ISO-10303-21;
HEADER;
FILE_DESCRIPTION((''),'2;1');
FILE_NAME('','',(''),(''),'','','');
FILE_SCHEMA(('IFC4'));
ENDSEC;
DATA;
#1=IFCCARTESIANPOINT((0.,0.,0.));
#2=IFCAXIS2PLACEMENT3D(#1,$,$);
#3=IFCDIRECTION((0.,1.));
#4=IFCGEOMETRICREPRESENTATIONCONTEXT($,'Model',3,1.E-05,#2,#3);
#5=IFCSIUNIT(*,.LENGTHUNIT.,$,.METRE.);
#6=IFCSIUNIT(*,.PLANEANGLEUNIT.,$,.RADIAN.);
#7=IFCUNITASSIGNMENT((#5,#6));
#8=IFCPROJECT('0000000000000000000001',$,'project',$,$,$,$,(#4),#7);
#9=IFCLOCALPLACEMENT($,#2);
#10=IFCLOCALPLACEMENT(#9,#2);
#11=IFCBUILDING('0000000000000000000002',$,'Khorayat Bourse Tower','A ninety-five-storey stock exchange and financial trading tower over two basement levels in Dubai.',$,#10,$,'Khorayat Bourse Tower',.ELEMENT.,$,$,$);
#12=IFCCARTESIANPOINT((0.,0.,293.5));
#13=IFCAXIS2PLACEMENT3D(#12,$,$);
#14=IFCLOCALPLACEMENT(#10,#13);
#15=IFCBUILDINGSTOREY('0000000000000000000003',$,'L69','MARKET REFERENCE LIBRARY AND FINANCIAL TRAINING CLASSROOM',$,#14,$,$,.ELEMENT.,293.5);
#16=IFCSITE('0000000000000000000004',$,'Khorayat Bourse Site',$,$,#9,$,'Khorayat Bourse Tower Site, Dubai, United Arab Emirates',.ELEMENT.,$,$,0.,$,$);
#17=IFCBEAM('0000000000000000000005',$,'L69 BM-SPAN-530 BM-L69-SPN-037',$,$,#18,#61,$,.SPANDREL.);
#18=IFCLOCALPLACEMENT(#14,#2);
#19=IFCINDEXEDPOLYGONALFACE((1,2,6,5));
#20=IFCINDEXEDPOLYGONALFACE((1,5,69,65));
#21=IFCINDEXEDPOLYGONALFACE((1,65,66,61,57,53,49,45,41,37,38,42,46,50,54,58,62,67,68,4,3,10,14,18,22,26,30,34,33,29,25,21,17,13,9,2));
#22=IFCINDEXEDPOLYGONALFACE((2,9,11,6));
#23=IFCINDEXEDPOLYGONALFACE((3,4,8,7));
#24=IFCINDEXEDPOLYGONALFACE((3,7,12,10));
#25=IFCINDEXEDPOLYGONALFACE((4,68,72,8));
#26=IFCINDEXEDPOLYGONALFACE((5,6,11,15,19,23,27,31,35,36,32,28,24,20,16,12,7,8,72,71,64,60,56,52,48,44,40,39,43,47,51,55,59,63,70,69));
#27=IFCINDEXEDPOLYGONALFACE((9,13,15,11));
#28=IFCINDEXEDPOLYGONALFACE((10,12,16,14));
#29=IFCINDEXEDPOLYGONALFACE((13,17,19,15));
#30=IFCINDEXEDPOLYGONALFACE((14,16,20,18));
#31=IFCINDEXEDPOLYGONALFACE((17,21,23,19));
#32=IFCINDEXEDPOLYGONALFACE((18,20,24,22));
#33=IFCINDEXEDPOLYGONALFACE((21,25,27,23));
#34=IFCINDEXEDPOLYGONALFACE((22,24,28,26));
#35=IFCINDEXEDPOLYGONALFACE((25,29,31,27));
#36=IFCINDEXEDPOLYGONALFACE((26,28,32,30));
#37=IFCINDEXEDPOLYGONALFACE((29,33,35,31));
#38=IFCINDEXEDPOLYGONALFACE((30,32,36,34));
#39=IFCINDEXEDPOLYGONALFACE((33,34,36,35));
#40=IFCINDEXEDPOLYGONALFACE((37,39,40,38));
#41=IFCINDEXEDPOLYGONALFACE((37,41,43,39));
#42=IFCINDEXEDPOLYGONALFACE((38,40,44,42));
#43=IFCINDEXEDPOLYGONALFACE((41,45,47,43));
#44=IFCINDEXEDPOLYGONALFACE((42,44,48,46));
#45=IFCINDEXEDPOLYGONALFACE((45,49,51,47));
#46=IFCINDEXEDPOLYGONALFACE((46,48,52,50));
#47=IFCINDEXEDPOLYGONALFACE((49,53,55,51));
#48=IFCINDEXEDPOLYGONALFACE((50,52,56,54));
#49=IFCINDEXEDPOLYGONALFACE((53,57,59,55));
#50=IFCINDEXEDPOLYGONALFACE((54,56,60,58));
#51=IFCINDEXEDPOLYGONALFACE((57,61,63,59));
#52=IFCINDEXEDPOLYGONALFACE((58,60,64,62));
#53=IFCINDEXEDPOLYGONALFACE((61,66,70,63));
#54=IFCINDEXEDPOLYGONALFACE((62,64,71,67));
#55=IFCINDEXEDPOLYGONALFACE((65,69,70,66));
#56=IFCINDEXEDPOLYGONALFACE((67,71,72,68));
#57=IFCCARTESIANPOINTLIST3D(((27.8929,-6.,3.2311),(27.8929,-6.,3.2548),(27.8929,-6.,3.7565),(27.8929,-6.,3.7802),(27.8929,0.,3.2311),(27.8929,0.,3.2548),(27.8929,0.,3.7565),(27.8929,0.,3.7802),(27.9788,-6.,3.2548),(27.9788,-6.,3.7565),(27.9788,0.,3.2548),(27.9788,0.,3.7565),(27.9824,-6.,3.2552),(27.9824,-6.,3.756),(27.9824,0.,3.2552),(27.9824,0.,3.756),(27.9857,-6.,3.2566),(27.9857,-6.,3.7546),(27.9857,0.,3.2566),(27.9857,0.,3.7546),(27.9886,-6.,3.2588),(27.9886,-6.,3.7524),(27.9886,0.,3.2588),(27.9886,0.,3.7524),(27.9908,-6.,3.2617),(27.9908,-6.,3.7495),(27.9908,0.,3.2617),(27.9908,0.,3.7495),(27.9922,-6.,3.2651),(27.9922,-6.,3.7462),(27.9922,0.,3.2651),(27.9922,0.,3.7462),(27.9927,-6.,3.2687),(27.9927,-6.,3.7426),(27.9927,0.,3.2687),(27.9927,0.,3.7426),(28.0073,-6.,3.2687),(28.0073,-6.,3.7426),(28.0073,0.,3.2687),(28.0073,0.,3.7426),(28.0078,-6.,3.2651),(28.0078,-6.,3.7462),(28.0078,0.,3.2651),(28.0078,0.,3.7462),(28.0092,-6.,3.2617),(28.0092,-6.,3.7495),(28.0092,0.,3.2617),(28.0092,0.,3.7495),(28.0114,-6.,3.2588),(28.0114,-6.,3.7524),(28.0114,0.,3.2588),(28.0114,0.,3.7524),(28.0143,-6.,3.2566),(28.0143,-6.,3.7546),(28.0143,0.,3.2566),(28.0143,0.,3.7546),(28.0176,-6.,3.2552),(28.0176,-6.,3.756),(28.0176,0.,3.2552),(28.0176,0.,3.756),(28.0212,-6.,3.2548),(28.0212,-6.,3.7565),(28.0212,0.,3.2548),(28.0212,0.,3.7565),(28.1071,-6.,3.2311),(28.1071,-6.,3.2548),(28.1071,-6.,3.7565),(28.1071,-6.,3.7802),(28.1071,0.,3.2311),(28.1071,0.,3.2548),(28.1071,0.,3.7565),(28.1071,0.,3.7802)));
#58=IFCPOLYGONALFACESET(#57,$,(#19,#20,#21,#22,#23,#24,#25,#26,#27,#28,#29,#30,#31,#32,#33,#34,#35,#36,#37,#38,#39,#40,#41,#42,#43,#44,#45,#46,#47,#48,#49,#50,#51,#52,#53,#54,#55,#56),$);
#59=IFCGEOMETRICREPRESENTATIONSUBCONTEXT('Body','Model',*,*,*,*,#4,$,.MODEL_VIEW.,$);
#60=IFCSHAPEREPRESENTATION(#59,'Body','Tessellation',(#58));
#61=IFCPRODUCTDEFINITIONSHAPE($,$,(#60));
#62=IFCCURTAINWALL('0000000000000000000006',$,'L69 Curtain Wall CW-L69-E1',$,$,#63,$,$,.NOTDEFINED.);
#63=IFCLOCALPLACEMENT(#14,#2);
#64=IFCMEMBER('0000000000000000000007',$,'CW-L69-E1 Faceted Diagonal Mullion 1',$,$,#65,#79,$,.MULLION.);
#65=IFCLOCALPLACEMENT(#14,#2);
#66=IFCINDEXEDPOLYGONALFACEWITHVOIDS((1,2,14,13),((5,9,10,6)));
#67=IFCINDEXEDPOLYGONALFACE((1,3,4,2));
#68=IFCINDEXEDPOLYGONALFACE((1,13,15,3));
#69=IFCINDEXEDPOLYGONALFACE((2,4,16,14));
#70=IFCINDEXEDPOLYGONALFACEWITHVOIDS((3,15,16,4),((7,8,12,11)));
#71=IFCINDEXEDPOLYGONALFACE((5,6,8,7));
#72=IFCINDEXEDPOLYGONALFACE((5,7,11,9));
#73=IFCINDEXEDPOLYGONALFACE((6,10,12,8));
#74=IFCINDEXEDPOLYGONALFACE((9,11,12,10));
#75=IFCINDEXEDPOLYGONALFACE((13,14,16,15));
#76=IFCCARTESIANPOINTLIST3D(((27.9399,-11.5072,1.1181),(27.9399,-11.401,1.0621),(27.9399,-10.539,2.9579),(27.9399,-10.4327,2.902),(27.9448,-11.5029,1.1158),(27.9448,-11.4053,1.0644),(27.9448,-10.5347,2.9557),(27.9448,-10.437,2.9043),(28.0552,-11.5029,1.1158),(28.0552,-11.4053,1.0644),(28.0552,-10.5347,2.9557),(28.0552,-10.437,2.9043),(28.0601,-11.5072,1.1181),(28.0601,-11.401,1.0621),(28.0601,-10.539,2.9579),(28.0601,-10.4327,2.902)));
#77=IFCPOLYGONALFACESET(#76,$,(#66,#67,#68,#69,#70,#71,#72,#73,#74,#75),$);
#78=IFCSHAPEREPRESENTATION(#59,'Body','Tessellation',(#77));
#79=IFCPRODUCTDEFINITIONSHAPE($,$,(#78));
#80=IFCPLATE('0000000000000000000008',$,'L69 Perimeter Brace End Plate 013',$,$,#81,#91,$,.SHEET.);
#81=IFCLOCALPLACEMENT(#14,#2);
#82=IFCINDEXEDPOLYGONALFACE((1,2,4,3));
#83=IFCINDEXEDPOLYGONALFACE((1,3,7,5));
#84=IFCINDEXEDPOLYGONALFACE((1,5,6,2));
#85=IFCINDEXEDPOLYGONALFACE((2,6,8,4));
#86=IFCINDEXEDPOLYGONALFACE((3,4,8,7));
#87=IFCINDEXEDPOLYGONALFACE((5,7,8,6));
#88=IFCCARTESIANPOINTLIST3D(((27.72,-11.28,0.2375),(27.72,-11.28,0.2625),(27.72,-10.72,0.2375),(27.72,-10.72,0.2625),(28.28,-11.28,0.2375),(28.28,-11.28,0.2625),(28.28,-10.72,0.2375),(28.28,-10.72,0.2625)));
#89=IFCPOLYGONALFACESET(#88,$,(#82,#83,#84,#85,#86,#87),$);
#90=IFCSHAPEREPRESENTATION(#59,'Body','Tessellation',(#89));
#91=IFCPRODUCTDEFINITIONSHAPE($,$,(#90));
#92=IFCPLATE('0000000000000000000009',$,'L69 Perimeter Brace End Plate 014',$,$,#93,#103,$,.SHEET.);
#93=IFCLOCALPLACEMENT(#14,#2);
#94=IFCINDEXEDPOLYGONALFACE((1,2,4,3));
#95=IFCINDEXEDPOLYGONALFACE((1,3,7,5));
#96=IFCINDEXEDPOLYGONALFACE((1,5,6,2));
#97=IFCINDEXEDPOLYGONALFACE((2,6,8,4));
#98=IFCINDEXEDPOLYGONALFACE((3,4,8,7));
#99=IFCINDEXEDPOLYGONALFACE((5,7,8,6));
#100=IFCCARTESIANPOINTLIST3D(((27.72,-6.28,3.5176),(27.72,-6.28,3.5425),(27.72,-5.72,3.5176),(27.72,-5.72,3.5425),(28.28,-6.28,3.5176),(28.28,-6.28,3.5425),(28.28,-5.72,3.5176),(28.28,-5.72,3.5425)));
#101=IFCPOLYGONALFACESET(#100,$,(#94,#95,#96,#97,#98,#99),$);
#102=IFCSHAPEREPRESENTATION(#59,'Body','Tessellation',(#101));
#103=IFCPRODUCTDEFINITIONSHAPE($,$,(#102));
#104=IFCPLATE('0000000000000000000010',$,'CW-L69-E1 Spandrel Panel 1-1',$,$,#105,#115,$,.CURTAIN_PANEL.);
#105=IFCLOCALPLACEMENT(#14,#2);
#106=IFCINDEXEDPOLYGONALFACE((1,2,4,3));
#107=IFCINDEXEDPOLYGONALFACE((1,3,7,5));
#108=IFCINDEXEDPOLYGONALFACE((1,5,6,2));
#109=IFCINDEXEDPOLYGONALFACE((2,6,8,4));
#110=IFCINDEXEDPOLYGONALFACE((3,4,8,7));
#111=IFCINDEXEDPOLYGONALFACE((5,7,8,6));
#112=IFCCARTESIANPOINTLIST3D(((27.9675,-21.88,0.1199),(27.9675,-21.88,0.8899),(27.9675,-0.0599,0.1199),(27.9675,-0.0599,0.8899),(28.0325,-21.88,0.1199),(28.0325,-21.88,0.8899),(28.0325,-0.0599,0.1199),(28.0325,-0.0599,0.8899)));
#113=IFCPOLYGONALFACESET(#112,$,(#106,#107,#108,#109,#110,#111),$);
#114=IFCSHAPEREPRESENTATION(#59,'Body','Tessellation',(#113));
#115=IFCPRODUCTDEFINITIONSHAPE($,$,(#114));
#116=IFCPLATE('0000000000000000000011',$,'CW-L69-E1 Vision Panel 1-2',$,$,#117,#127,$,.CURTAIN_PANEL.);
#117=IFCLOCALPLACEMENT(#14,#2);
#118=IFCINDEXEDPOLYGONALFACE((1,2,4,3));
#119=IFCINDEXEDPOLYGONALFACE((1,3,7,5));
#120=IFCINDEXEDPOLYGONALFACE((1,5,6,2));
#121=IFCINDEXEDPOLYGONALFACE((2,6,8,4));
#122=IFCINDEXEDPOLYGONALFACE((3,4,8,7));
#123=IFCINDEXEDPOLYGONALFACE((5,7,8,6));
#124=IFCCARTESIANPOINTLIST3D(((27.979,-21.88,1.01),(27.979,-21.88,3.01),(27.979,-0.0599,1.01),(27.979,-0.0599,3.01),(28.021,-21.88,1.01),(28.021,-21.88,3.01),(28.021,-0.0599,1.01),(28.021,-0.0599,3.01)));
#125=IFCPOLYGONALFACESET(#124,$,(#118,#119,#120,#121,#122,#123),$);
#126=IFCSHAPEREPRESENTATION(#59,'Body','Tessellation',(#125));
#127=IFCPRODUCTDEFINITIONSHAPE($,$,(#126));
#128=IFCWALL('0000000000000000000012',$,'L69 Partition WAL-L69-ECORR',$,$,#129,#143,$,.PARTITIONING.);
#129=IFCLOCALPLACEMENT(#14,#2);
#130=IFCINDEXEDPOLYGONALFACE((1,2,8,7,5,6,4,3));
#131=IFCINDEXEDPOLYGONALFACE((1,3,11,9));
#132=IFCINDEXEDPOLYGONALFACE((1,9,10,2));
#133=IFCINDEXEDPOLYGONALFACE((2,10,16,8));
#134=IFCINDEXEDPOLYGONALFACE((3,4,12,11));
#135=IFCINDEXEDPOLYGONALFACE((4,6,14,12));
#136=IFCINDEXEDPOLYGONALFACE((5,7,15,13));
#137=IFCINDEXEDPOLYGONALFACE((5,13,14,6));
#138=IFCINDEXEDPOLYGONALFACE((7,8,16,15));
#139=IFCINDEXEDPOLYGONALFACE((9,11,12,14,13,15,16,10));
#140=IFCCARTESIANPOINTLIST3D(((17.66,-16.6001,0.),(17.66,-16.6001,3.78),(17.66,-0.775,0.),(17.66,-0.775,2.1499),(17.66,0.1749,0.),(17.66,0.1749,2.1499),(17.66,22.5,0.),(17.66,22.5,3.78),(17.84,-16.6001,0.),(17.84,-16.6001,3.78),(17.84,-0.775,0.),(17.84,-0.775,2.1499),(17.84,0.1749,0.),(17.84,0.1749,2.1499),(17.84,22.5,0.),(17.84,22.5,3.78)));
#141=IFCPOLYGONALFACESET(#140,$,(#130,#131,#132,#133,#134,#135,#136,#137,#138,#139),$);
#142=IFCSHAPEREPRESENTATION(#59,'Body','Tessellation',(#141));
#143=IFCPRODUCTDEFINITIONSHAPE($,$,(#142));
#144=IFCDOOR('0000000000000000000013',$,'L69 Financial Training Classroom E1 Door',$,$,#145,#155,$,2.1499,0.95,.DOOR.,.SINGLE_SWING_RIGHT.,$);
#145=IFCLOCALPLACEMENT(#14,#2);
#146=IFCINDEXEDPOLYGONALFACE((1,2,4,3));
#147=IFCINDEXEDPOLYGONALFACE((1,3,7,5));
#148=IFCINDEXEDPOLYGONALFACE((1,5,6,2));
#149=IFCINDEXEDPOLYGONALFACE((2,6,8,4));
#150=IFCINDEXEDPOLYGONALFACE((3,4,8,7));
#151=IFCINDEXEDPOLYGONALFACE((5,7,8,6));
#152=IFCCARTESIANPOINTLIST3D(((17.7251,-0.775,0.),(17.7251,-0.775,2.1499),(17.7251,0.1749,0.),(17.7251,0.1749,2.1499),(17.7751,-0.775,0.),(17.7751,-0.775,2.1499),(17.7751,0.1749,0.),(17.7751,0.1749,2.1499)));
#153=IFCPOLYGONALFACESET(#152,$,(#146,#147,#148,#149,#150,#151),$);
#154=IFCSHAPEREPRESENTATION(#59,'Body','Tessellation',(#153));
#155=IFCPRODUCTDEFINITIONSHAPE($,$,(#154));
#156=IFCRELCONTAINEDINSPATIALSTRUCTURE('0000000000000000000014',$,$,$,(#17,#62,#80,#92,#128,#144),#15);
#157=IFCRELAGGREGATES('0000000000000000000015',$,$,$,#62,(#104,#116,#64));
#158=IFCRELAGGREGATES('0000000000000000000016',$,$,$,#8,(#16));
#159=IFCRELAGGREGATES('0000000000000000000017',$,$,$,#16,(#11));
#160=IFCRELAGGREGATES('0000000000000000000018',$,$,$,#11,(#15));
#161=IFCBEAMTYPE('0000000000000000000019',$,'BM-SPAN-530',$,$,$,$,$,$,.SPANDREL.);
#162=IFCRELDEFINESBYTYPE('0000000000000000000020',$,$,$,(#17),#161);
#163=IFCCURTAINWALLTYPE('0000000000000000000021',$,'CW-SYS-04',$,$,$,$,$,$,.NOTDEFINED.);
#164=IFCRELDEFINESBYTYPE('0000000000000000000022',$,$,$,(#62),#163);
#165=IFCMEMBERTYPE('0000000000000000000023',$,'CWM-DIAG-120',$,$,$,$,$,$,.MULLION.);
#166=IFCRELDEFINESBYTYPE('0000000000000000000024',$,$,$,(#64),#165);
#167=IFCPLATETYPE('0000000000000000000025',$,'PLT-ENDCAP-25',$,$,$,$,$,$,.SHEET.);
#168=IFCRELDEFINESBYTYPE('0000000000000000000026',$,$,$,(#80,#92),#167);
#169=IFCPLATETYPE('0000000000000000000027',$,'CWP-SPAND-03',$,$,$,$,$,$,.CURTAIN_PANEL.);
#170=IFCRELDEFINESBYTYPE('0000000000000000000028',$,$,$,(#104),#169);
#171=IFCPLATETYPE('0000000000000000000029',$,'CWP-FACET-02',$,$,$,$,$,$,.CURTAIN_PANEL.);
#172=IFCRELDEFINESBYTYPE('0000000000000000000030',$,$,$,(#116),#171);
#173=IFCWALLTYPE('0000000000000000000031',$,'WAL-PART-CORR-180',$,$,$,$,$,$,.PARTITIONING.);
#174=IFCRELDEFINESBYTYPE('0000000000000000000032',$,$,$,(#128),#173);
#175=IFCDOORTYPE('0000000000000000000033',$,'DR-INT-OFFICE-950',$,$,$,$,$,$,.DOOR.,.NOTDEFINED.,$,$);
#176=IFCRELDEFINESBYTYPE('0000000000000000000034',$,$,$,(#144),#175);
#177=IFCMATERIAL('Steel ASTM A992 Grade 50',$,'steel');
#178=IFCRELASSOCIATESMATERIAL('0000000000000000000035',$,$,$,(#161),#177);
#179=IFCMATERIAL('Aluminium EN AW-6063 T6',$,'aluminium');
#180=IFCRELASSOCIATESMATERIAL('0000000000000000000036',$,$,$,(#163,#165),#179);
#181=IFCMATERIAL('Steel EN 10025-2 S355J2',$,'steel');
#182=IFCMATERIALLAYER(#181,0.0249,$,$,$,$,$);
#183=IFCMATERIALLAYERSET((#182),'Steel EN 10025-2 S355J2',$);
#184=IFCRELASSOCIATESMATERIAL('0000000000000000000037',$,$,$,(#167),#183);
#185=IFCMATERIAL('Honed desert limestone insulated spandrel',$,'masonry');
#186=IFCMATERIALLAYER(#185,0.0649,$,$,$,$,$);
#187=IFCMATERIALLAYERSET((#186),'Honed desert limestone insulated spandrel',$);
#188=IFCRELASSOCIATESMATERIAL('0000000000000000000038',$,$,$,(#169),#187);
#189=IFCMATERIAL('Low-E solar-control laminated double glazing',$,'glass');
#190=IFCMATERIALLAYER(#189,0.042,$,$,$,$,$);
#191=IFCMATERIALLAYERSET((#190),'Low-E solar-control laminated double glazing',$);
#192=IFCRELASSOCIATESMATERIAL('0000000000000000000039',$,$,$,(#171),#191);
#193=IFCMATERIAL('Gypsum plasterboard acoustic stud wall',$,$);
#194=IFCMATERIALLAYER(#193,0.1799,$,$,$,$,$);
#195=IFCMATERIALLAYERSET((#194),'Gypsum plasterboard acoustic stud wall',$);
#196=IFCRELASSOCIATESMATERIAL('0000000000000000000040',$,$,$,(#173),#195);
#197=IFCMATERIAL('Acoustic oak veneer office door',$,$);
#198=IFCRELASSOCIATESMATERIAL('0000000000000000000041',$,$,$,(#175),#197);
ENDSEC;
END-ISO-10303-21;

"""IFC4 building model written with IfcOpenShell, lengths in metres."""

from ifc_helpers import new_model, si_unit, direction, frame, frame_2d, origin, origin_2d, place, context, subcontext, project, spatial, rectangle, hollow_rectangle, i_section, extrude, source, transform, mapped, material, layer, layer_set, material_profile, profile_set, type_object, element, fill, aggregate, save


model = new_model("IFC4")

# Units and contexts
model_context = context("Model", 3, precision=1e-05, world=origin(), true_north=direction((0.0, 1.0)))
body_context = subcontext(model_context, "Body", "Model", "MODEL_VIEW")
ifc_project = project(units=[si_unit("LENGTHUNIT", "METRE"), si_unit("PLANEANGLEUNIT", "RADIAN")], contexts=[model_context])

# Site, building, storey
site_placement = place(None, origin())
site = spatial("IfcSite", under=ifc_project, at=site_placement, Name="Khorayat Bourse Site", LongName="Khorayat Bourse Tower Site, Dubai, United Arab Emirates", CompositionType="ELEMENT", RefElevation=0.0)
building_placement = place(site_placement, origin())
building = spatial("IfcBuilding", under=site, at=building_placement, Name="Khorayat Bourse Tower", Description="A ninety-five-storey stock exchange and financial trading tower over two basement levels in Dubai.", LongName="Khorayat Bourse Tower", CompositionType="ELEMENT")
storey_placement = place(building_placement, frame((0.0, 0.0, 293.5)))
storey = spatial("IfcBuildingStorey", under=building, at=storey_placement, Name="L69", Description="MARKET REFERENCE LIBRARY AND FINANCIAL TRAINING CLASSROOM", CompositionType="ELEMENT", Elevation=293.5)

# Beam
ifc_material_1 = material(Name="Steel ASTM A992 Grade 50", Category="steel")
ifc_material_profile_1 = material_profile(ifc_material_1, i_section(OverallWidth=0.2141, OverallDepth=0.5491, WebThickness=0.0146, FlangeThickness=0.0237, FilletRadius=0.0139, at=origin_2d()), Name="W530X138")
ifc_profile_set_1 = profile_set([ifc_material_profile_1], Name="Steel ASTM A992 Grade 50")
beam_type_1 = type_object("IfcBeamType", Name="BM-SPAN-530", PredefinedType="SPANDREL", material=ifc_profile_set_1)
shared_shape_1 = source(origin(), body_context, "Body", "SweptSolid", [
    extrude(i_section(OverallWidth=0.2141, OverallDepth=0.5491, WebThickness=0.0146, FlangeThickness=0.0237, FilletRadius=0.0139, at=origin_2d()), origin(), (0.0, 0.0, 1.0), 6.0),
])
beam_1_placement = place(storey_placement, frame((28.0, -6.0, 3.5056), z_axis=(0.0, 1.0, 0.0), x_axis=(-1.0, 0.0, 0.0)))
element("IfcBeam", 1, at=beam_1_placement, inside=storey, type_object=beam_type_1, Name="L69 BM-SPAN-530 BM-L69-SPN-037", PredefinedType="SPANDREL", context=body_context, shape_type="MappedRepresentation", body=[
    mapped(shared_shape_1, transform((0.0, 0.0, 0.0), scale=1.0)),
])

# Curtain wall, member
ifc_material_2 = material(Name="Aluminium EN AW-6063 T6", Category="aluminium")
curtain_wall_type = type_object("IfcCurtainWallType", Name="CW-SYS-04", PredefinedType="NOTDEFINED", material=ifc_material_2)
curtain_wall_placement = place(storey_placement, origin())
curtain_wall = element("IfcCurtainWall", 2, at=curtain_wall_placement, inside=storey, type_object=curtain_wall_type, Name="L69 Curtain Wall CW-L69-E1", PredefinedType="NOTDEFINED")
ifc_material_profile_2 = material_profile(ifc_material_2, hollow_rectangle(XDim=0.1201, YDim=0.1201, WallThickness=0.0049, at=origin_2d()), Name="ALU 120x120x5")
ifc_profile_set_2 = profile_set([ifc_material_profile_2], Name="Aluminium EN AW-6063 T6")
member_type_1 = type_object("IfcMemberType", Name="CWM-DIAG-120", PredefinedType="MULLION", material=ifc_profile_set_2)
shared_shape_2 = source(origin(), body_context, "Body", "SweptSolid", [
    extrude(hollow_rectangle(XDim=0.1201, YDim=0.1201, WallThickness=0.0049, at=origin_2d()), origin(), (0.0, 0.0, 1.0), 2.0791),
])
member_1_placement = place(storey_placement, frame((28.0, -11.4541, 1.0901), z_axis=(0.0, 0.465717, 0.884934), x_axis=(-1.0, 0.0, 0.0)))
member_1 = element("IfcMember", 3, at=member_1_placement, type_object=member_type_1, Name="CW-L69-E1 Faceted Diagonal Mullion 1", PredefinedType="MULLION", context=body_context, shape_type="MappedRepresentation", body=[
    mapped(shared_shape_2, transform((0.0, 0.0, 0.0), scale=1.0)),
])

# Plates
ifc_material_3 = material(Name="Steel EN 10025-2 S355J2", Category="steel")
ifc_layer_1 = layer(ifc_material_3, 0.0249)
ifc_layer_set_1 = layer_set([ifc_layer_1], Name="Steel EN 10025-2 S355J2")
plate_type_1 = type_object("IfcPlateType", Name="PLT-ENDCAP-25", PredefinedType="SHEET", material=ifc_layer_set_1)
shared_shape_3 = source(origin(), body_context, "Body", "SweptSolid", [
    extrude(rectangle(XDim=0.5601, YDim=0.5601, at=origin_2d()), origin(), (0.0, 0.0, 1.0), 0.0249),
])
for number, where, z_axis, x_axis, name in (
    (4, (28.0, -11.0, 0.2375), (0.0, 0.0, 1.0), (1.0, 0.0, 0.0), "L69 Perimeter Brace End Plate 013"),
    (5, (28.0, -6.0, 3.5176), (0.0, 0.0, 1.0), (1.0, 0.0, 0.0), "L69 Perimeter Brace End Plate 014"),
):
    element("IfcPlate", number, at=place(storey_placement, frame(where, z_axis=z_axis, x_axis=x_axis)), inside=storey, type_object=plate_type_1, Name=name, PredefinedType="SHEET", context=body_context, shape_type="MappedRepresentation", body=[
        mapped(shared_shape_3, transform((0.0, 0.0, 0.0), scale=1.0)),
    ])

# Plates
ifc_material_4 = material(Name="Honed desert limestone insulated spandrel", Category="masonry")
ifc_layer_2 = layer(ifc_material_4, 0.0649)
ifc_layer_set_2 = layer_set([ifc_layer_2], Name="Honed desert limestone insulated spandrel")
plate_type_2 = type_object("IfcPlateType", Name="CWP-SPAND-03", PredefinedType="CURTAIN_PANEL", material=ifc_layer_set_2)
shared_shape_4 = source(origin(), body_context, "Body", "SweptSolid", [
    extrude(rectangle(XDim=21.8201, YDim=0.0649, at=origin_2d()), origin(), (0.0, 0.0, 1.0), 0.77),
])
plate_1_placement = place(storey_placement, frame((28.0, -10.97, 0.1199), z_axis=(0.0, 0.0, 1.0), x_axis=(0.0, 1.0, 0.0)))
plate_1 = element("IfcPlate", 6, at=plate_1_placement, type_object=plate_type_2, Name="CW-L69-E1 Spandrel Panel 1-1", PredefinedType="CURTAIN_PANEL", context=body_context, shape_type="MappedRepresentation", body=[
    mapped(shared_shape_4, transform((0.0, 0.0, 0.0), scale=1.0)),
])
ifc_material_5 = material(Name="Low-E solar-control laminated double glazing", Category="glass")
ifc_layer_3 = layer(ifc_material_5, 0.042)
ifc_layer_set_3 = layer_set([ifc_layer_3], Name="Low-E solar-control laminated double glazing")
plate_type_3 = type_object("IfcPlateType", Name="CWP-FACET-02", PredefinedType="CURTAIN_PANEL", material=ifc_layer_set_3)
shared_shape_5 = source(origin(), body_context, "Body", "SweptSolid", [
    extrude(rectangle(XDim=21.8201, YDim=0.042, at=origin_2d()), origin(), (0.0, 0.0, 1.0), 2.0),
])
plate_2_placement = place(storey_placement, frame((28.0, -10.97, 1.01), z_axis=(0.0, 0.0, 1.0), x_axis=(0.0, 1.0, 0.0)))
plate_2 = element("IfcPlate", 7, at=plate_2_placement, type_object=plate_type_3, Name="CW-L69-E1 Vision Panel 1-2", PredefinedType="CURTAIN_PANEL", context=body_context, shape_type="MappedRepresentation", body=[
    mapped(shared_shape_5, transform((0.0, 0.0, 0.0), scale=1.0)),
])
aggregate(curtain_wall, [plate_1, plate_2, member_1])

# Wall, opening, door
ifc_material_6 = material(Name="Gypsum plasterboard acoustic stud wall")
ifc_layer_4 = layer(ifc_material_6, 0.1799)
ifc_layer_set_4 = layer_set([ifc_layer_4], Name="Gypsum plasterboard acoustic stud wall")
wall_type = type_object("IfcWallType", Name="WAL-PART-CORR-180", PredefinedType="PARTITIONING", material=ifc_layer_set_4)
shared_shape_6 = source(origin(), body_context, "Body", "SweptSolid", [
    extrude(rectangle(XDim=39.1001, YDim=0.1799, at=frame_2d((19.55, 0.0))), origin(), (0.0, 0.0, 1.0), 3.78),
])
wall_placement = place(storey_placement, frame((17.75, -16.6001, 0.0), z_axis=(0.0, 0.0, 1.0), x_axis=(0.0, 1.0, 0.0)))
wall = element("IfcWall", 8, at=wall_placement, inside=storey, type_object=wall_type, Name="L69 Partition WAL-L69-ECORR", PredefinedType="PARTITIONING", context=body_context, shape_type="MappedRepresentation", body=[
    mapped(shared_shape_6, transform((0.0, 0.0, 0.0), scale=1.0)),
])
shared_shape_7 = source(origin(), body_context, "Body", "SweptSolid", [
    extrude(rectangle(XDim=0.95, YDim=2.1499, at=frame_2d((0.4751, 1.075))), frame((0.0, 0.0999, 0.0), z_axis=(0.0, -1.0, 0.0), x_axis=(1.0, 0.0, 0.0)), (0.0, 0.0, 1.0), 0.2),
])
opening_placement = place(wall_placement, frame((15.825, 0.0, 0.0)))
opening = element("IfcOpeningElement", 9, at=opening_placement, cuts=wall, PredefinedType="OPENING", context=body_context, shape_type="MappedRepresentation", body=[
    mapped(shared_shape_7, transform((0.0, 0.0, 0.0), scale=1.0)),
])
ifc_material_7 = material(Name="Acoustic oak veneer office door")
door_type = type_object("IfcDoorType", Name="DR-INT-OFFICE-950", OperationType="NOTDEFINED", PredefinedType="DOOR", material=ifc_material_7)
shared_shape_8 = source(origin(), body_context, "Body", "SweptSolid", [
    extrude(rectangle(XDim=0.95, YDim=2.1499, at=frame_2d((0.4751, 1.075))), frame((0.0, 0.0249, 0.0), z_axis=(0.0, -1.0, 0.0), x_axis=(1.0, 0.0, 0.0)), (0.0, 0.0, 1.0), 0.05),
])
door_placement = place(opening_placement, origin())
door = element("IfcDoor", 10, at=door_placement, inside=storey, type_object=door_type, Name="L69 Financial Training Classroom E1 Door", OperationType="SINGLE_SWING_RIGHT", OverallHeight=2.1499, OverallWidth=0.95, PredefinedType="DOOR", context=body_context, shape_type="MappedRepresentation", body=[
    mapped(shared_shape_8, transform((0.0, 0.0, 0.0), scale=1.0)),
])
fill(opening, door)

save(model, "model.ifc")
